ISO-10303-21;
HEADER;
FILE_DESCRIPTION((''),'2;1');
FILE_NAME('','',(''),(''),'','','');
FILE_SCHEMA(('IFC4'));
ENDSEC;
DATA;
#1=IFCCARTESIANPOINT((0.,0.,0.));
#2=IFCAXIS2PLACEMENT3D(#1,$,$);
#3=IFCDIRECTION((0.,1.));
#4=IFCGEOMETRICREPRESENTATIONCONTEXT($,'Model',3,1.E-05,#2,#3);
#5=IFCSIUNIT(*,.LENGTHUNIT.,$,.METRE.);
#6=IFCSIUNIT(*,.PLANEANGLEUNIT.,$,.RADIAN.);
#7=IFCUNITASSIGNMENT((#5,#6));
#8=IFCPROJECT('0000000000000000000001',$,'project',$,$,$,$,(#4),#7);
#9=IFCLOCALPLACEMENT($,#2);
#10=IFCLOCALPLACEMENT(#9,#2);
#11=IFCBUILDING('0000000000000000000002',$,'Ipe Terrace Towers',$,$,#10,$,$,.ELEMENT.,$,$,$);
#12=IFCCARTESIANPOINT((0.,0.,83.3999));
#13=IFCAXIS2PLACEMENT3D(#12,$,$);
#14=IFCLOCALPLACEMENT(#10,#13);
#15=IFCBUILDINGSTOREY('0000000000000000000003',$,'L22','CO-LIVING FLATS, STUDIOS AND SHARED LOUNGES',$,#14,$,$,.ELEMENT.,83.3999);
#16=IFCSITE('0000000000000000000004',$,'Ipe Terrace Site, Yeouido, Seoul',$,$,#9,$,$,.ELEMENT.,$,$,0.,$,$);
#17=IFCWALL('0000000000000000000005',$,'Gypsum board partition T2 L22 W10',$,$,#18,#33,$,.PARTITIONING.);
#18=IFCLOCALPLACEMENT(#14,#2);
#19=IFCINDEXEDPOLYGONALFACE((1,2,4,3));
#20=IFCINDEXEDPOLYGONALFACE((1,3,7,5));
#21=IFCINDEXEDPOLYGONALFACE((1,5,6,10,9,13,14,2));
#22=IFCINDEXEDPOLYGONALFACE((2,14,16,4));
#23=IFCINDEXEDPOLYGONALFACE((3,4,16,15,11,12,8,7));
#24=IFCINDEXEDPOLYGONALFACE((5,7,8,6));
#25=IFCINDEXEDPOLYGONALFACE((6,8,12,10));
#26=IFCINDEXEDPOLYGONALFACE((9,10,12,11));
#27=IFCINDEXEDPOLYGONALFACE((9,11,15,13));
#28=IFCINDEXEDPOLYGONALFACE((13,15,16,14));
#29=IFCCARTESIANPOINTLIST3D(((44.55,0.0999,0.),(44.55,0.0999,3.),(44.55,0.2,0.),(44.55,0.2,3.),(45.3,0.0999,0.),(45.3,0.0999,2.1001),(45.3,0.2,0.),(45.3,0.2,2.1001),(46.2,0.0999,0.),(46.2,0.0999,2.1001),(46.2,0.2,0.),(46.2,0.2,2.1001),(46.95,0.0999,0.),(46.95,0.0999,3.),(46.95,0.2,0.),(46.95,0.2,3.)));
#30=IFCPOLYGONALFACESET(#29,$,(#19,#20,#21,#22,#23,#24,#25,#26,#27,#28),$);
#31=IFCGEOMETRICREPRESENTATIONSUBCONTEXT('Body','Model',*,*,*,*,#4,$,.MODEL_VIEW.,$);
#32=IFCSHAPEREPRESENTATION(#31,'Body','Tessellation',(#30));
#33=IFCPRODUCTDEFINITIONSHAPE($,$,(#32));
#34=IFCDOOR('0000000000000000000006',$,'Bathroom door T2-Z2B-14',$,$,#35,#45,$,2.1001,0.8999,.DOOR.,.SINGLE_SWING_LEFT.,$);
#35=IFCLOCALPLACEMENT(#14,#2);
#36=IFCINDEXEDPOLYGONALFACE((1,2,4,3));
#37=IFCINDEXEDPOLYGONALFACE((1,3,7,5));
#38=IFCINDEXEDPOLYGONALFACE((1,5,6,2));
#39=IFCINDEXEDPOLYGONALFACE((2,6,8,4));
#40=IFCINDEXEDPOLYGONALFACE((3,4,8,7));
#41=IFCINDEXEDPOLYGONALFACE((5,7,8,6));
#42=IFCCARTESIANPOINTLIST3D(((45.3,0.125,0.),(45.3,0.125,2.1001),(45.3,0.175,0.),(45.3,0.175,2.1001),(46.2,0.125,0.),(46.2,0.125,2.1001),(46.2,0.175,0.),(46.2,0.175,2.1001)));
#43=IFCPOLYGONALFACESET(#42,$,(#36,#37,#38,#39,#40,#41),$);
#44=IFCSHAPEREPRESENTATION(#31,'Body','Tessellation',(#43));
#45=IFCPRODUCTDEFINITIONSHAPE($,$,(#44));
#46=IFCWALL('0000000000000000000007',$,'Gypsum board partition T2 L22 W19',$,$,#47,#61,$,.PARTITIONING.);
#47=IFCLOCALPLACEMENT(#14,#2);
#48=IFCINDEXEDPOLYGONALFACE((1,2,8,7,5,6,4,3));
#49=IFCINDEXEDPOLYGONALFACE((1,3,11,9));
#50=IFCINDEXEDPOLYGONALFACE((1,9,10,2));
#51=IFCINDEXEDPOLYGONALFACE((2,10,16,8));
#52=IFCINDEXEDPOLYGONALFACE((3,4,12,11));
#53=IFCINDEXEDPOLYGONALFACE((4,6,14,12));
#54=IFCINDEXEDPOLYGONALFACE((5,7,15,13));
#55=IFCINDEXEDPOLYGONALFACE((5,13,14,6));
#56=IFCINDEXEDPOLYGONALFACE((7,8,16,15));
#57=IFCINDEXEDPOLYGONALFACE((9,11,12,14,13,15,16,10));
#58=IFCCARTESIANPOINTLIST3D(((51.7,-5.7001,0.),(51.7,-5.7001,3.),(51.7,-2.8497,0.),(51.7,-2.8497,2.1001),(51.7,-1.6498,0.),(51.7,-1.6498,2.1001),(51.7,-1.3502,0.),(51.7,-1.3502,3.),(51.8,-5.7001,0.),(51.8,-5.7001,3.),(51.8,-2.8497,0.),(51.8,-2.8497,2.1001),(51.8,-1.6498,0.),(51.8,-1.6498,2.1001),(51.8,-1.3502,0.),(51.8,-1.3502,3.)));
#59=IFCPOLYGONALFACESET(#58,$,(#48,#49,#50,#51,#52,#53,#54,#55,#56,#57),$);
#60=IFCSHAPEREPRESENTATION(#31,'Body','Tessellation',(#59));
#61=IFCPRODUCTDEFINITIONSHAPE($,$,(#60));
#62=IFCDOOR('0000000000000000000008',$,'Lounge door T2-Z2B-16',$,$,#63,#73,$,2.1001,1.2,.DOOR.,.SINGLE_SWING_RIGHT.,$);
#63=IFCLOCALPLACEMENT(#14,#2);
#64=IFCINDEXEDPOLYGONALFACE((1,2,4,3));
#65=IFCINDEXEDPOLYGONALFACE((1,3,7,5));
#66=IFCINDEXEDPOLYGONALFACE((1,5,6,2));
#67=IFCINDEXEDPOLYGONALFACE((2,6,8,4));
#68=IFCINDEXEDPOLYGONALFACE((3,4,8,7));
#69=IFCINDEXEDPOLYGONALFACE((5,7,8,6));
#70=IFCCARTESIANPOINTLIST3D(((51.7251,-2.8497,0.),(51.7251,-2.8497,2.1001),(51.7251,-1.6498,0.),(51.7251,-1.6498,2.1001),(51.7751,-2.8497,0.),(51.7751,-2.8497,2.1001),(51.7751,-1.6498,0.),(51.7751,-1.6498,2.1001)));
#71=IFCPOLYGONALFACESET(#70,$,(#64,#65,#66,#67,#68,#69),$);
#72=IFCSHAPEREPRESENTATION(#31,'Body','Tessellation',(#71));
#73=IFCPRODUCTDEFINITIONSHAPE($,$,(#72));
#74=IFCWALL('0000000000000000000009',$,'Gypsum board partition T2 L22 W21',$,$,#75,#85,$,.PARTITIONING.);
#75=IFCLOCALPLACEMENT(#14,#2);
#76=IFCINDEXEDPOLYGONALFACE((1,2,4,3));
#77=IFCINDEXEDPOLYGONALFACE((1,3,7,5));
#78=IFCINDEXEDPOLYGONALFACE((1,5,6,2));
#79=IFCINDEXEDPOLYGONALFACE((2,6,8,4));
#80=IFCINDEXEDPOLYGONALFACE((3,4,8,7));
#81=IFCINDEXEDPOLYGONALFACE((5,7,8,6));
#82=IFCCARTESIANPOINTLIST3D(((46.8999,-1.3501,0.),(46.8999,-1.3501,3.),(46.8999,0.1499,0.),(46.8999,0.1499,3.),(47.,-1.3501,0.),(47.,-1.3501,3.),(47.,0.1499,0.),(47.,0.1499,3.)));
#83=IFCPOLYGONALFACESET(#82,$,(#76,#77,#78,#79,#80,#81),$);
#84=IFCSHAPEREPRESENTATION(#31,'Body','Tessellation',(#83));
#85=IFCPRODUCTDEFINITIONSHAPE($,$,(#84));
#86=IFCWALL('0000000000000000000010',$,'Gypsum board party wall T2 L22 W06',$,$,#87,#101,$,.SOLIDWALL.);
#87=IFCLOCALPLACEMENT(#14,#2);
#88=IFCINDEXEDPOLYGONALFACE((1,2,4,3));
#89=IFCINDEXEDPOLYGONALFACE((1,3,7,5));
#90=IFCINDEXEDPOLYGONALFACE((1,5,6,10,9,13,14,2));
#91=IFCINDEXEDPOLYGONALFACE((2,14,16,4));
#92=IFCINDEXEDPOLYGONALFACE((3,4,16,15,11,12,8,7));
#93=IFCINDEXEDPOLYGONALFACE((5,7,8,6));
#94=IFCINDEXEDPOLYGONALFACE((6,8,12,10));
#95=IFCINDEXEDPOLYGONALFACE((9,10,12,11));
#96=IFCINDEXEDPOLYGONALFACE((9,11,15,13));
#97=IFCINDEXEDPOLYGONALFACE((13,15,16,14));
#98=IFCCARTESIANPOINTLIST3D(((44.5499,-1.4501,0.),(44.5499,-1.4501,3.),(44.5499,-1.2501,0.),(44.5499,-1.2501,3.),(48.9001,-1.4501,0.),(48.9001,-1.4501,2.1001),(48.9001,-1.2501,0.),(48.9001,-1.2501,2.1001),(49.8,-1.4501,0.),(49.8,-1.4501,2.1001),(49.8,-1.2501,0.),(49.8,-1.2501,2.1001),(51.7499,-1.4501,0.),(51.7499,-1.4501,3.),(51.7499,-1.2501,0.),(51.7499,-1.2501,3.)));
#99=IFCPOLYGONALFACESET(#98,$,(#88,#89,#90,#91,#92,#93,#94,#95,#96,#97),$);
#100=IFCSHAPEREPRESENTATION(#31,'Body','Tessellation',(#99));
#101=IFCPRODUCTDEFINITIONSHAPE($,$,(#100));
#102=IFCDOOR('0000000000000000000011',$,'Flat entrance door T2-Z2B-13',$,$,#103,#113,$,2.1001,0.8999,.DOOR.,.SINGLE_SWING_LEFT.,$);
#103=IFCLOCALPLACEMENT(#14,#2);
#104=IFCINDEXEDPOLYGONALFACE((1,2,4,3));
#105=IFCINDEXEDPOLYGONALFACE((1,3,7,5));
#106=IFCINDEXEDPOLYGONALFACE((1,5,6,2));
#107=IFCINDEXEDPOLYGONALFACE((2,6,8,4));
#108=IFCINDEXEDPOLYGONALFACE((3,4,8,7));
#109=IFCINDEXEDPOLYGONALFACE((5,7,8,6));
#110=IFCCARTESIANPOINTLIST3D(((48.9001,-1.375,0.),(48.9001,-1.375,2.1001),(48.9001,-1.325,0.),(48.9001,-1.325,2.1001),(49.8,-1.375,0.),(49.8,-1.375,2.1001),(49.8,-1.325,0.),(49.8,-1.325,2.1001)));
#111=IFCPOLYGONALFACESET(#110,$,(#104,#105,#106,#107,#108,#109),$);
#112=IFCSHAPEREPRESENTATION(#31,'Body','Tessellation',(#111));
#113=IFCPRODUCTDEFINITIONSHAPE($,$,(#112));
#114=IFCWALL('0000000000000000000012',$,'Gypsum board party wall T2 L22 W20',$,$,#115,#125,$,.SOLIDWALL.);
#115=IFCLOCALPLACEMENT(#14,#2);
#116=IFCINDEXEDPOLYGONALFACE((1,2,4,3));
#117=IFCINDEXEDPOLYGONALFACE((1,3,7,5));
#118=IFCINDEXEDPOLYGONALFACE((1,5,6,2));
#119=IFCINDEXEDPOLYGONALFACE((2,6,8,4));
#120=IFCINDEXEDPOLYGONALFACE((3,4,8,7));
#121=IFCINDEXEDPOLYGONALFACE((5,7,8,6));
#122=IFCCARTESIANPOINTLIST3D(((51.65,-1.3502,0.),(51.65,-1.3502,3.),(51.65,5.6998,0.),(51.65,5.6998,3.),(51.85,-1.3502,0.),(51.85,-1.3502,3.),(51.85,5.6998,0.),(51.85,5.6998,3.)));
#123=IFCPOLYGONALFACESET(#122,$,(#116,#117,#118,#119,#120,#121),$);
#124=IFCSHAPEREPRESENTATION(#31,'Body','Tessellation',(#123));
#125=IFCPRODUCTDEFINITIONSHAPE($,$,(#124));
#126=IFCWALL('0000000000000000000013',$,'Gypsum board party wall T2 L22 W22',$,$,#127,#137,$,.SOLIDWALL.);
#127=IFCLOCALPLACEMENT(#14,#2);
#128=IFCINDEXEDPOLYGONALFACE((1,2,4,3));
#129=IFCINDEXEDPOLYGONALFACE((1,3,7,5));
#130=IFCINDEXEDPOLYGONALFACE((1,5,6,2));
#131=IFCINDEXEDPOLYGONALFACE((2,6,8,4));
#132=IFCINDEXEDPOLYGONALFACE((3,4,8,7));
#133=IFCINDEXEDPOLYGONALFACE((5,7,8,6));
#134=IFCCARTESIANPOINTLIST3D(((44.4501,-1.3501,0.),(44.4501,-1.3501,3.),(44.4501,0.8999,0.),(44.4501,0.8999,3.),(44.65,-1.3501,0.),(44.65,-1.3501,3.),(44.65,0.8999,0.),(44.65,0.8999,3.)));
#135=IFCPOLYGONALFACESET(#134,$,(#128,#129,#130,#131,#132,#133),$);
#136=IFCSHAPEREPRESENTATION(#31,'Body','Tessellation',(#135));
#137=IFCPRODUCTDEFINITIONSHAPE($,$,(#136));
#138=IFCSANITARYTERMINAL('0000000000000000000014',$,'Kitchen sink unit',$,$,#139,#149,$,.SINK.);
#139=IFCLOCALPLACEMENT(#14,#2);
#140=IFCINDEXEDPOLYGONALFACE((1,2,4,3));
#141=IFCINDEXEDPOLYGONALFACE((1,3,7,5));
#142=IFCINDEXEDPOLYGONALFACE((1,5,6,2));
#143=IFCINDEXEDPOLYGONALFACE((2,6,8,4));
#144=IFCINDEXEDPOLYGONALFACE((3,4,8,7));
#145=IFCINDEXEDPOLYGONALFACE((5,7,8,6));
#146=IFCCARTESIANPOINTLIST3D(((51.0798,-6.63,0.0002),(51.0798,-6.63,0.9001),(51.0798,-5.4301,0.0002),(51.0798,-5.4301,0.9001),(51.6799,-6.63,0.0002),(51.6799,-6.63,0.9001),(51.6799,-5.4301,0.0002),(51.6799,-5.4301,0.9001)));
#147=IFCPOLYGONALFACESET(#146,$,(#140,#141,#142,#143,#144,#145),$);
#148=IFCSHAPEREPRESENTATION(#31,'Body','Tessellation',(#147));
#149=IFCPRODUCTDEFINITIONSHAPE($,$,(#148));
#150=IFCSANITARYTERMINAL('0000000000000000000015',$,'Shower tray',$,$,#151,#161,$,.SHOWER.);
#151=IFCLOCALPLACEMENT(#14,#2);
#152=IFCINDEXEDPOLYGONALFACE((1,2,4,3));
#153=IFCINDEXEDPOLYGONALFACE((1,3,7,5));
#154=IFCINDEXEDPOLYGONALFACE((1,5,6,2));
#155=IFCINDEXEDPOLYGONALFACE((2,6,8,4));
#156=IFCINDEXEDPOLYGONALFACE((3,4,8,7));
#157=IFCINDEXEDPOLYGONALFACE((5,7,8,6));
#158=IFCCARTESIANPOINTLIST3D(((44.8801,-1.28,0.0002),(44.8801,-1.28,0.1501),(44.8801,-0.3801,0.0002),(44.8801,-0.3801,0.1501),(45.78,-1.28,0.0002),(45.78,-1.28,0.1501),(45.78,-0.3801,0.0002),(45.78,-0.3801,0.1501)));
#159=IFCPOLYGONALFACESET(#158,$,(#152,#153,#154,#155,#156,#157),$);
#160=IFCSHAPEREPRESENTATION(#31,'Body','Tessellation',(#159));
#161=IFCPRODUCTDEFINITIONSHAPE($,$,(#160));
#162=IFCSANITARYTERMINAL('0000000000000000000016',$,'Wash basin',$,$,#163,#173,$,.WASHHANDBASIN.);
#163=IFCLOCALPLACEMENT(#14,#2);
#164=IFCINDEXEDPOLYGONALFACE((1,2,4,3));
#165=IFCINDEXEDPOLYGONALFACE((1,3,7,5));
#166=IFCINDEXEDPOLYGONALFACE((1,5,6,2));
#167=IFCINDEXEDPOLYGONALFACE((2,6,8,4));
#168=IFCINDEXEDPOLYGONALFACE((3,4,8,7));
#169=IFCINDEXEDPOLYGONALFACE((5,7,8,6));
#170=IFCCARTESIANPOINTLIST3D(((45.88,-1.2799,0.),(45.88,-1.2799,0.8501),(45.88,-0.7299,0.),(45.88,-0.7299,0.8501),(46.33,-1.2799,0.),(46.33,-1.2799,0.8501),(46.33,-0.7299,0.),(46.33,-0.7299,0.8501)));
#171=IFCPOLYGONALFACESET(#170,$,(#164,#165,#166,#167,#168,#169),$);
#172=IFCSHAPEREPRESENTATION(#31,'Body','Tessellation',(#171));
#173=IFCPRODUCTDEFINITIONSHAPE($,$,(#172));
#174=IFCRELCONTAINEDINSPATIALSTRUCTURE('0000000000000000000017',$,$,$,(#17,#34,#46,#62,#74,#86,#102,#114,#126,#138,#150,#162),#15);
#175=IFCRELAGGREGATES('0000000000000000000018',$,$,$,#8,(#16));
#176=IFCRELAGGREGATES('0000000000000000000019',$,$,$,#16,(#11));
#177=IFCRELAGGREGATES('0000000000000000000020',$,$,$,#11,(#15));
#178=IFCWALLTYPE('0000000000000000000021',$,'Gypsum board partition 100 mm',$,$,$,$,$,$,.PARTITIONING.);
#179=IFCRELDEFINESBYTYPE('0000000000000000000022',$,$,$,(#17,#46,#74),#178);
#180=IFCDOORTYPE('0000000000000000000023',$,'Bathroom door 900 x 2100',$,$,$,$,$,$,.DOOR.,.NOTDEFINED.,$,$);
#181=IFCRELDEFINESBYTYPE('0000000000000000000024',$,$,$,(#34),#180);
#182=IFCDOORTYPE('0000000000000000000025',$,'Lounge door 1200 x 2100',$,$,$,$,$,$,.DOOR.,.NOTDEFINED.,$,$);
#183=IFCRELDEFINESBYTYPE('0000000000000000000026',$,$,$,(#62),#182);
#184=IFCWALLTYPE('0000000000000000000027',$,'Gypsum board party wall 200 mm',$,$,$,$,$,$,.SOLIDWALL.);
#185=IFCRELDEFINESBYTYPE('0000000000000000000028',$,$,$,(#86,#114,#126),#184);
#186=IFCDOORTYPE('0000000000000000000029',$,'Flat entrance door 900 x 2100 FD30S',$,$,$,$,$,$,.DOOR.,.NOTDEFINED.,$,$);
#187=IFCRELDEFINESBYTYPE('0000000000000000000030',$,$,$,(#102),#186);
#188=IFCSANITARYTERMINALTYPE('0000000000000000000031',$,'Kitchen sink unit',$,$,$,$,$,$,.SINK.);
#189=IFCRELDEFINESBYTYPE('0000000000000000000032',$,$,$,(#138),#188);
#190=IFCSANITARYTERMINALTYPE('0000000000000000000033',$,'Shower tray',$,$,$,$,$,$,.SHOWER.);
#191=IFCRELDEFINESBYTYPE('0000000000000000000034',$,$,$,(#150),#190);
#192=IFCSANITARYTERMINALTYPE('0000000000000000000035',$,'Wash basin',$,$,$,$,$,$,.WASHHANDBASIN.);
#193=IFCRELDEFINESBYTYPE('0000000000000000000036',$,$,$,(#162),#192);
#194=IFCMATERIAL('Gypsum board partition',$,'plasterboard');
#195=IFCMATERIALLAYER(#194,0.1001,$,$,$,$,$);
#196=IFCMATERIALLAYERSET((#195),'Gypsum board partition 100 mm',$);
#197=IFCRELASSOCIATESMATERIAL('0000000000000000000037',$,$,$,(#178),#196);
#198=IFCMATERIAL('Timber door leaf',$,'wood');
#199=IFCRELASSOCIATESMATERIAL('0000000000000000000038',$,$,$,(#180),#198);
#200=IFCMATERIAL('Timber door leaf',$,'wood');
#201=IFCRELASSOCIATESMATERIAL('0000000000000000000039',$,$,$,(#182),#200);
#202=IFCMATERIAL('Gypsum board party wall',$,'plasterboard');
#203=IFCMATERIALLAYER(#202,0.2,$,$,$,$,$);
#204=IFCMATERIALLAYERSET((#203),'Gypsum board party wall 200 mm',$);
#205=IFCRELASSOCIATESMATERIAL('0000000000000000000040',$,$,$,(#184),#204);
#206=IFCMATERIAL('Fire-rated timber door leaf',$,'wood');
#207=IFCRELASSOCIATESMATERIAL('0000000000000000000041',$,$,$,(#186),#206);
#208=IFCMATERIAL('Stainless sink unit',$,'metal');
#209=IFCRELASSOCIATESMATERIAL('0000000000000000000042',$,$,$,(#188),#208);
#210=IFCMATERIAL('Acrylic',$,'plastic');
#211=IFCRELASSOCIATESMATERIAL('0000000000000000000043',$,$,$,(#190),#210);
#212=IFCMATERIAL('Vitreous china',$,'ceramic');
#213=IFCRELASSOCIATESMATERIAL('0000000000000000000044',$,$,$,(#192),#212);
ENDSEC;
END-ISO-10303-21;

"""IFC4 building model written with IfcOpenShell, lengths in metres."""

from ifc_helpers import new_model, si_unit, direction, frame, frame_2d, origin, origin_2d, place, context, subcontext, project, spatial, rectangle, extrude, material, layer, layer_set, type_object, element, fill, save


model = new_model("IFC4")

# Units and contexts
model_context = context("Model", 3, precision=1e-05, world=origin(), true_north=direction((0.0, 1.0)))
body_context = subcontext(model_context, "Body", "Model", "MODEL_VIEW")
ifc_project = project(units=[si_unit("LENGTHUNIT", "METRE"), si_unit("PLANEANGLEUNIT", "RADIAN")], contexts=[model_context])

# Site, building, storey
site_placement = place(None, origin())
site = spatial("IfcSite", under=ifc_project, at=site_placement, Name="Ipe Terrace Site, Yeouido, Seoul", CompositionType="ELEMENT", RefElevation=0.0)
building_placement = place(site_placement, origin())
building = spatial("IfcBuilding", under=site, at=building_placement, Name="Ipe Terrace Towers", CompositionType="ELEMENT")
storey_placement = place(building_placement, frame((0.0, 0.0, 83.3999)))
storey = spatial("IfcBuildingStorey", under=building, at=storey_placement, Name="L22", Description="CO-LIVING FLATS, STUDIOS AND SHARED LOUNGES", CompositionType="ELEMENT", Elevation=83.3999)

# Walls, openings, doors
ifc_material_1 = material(Name="Gypsum board partition", Category="plasterboard")
ifc_layer_1 = layer(ifc_material_1, 0.1001)
ifc_layer_set_1 = layer_set([ifc_layer_1], Name="Gypsum board partition 100 mm")
wall_type_1 = type_object("IfcWallType", Name="Gypsum board partition 100 mm", PredefinedType="PARTITIONING", material=ifc_layer_set_1)
wall_1_placement = place(storey_placement, frame((46.95, 0.1499, 0.0), z_axis=(0.0, 0.0, 1.0), x_axis=(-1.0, 0.0, 0.0)))
wall_1 = element("IfcWall", 1, at=wall_1_placement, inside=storey, type_object=wall_type_1, Name="Gypsum board partition T2 L22 W10", PredefinedType="PARTITIONING", context=body_context, shape_type="SweptSolid", body=[
    extrude(rectangle(XDim=2.3999, YDim=0.1001, at=frame_2d((1.2, 0.0))), origin(), (0.0, 0.0, 1.0), 3.0),
])
opening_1_placement = place(wall_1_placement, frame((0.75, 0.0, 0.0)))
opening_1 = element("IfcOpeningElement", 2, at=opening_1_placement, cuts=wall_1, PredefinedType="OPENING", context=body_context, shape_type="SweptSolid", body=[
    extrude(rectangle(XDim=0.8999, YDim=2.1001, at=frame_2d((0.45, 1.05))), frame((0.0, 0.0601, 0.0), z_axis=(0.0, -1.0, 0.0), x_axis=(1.0, 0.0, 0.0)), (0.0, 0.0, 1.0), 0.1201),
])
ifc_material_2 = material(Name="Timber door leaf", Category="wood")
door_type_1 = type_object("IfcDoorType", Name="Bathroom door 900 x 2100", OperationType="NOTDEFINED", PredefinedType="DOOR", material=ifc_material_2)
door_1_placement = place(opening_1_placement, origin())
door_1 = element("IfcDoor", 3, at=door_1_placement, inside=storey, type_object=door_type_1, Name="Bathroom door T2-Z2B-14", OperationType="SINGLE_SWING_LEFT", OverallHeight=2.1001, OverallWidth=0.8999, PredefinedType="DOOR", context=body_context, shape_type="SweptSolid", body=[
    extrude(rectangle(XDim=0.8999, YDim=2.1001, at=frame_2d((0.45, 1.05))), frame((0.0, 0.0249, 0.0), z_axis=(0.0, -1.0, 0.0), x_axis=(1.0, 0.0, 0.0)), (0.0, 0.0, 1.0), 0.05),
])
fill(opening_1, door_1)
wall_2_placement = place(storey_placement, frame((51.75, -5.7, 0.0), z_axis=(0.0, 0.0, 1.0), x_axis=(0.0, 1.0, 0.0)))
wall_2 = element("IfcWall", 4, at=wall_2_placement, inside=storey, type_object=wall_type_1, Name="Gypsum board partition T2 L22 W19", PredefinedType="PARTITIONING", context=body_context, shape_type="SweptSolid", body=[
    extrude(rectangle(XDim=4.3499, YDim=0.1001, at=frame_2d((2.1748, 0.0))), origin(), (0.0, 0.0, 1.0), 3.0),
])
opening_2_placement = place(wall_2_placement, frame((2.8501, 0.0, 0.0)))
opening_2 = element("IfcOpeningElement", 5, at=opening_2_placement, cuts=wall_2, PredefinedType="OPENING", context=body_context, shape_type="SweptSolid", body=[
    extrude(rectangle(XDim=1.2, YDim=2.1001, at=frame_2d((0.6001, 1.05))), frame((0.0, 0.0601, 0.0), z_axis=(0.0, -1.0, 0.0), x_axis=(1.0, 0.0, 0.0)), (0.0, 0.0, 1.0), 0.1201),
])
ifc_material_3 = material(Name="Timber door leaf", Category="wood")
door_type_2 = type_object("IfcDoorType", Name="Lounge door 1200 x 2100", OperationType="NOTDEFINED", PredefinedType="DOOR", material=ifc_material_3)
door_2_placement = place(opening_2_placement, origin())
door_2 = element("IfcDoor", 6, at=door_2_placement, inside=storey, type_object=door_type_2, Name="Lounge door T2-Z2B-16", OperationType="SINGLE_SWING_RIGHT", OverallHeight=2.1001, OverallWidth=1.2, PredefinedType="DOOR", context=body_context, shape_type="SweptSolid", body=[
    extrude(rectangle(XDim=1.2, YDim=2.1001, at=frame_2d((0.6001, 1.05))), frame((0.0, 0.0249, 0.0), z_axis=(0.0, -1.0, 0.0), x_axis=(1.0, 0.0, 0.0)), (0.0, 0.0, 1.0), 0.05),
])
fill(opening_2, door_2)

# Wall
wall_3_placement = place(storey_placement, frame((46.95, -1.3501, 0.0), z_axis=(0.0, 0.0, 1.0), x_axis=(0.0, 1.0, 0.0)))
element("IfcWall", 7, at=wall_3_placement, inside=storey, type_object=wall_type_1, Name="Gypsum board partition T2 L22 W21", PredefinedType="PARTITIONING", context=body_context, shape_type="SweptSolid", body=[
    extrude(rectangle(XDim=1.5, YDim=0.1001, at=frame_2d((0.75, 0.0))), origin(), (0.0, 0.0, 1.0), 3.0),
])

# Wall, opening, door
ifc_material_4 = material(Name="Gypsum board party wall", Category="plasterboard")
ifc_layer_2 = layer(ifc_material_4, 0.2)
ifc_layer_set_2 = layer_set([ifc_layer_2], Name="Gypsum board party wall 200 mm")
wall_type_2 = type_object("IfcWallType", Name="Gypsum board party wall 200 mm", PredefinedType="SOLIDWALL", material=ifc_layer_set_2)
wall_4_placement = place(storey_placement, frame((51.75, -1.3501, 0.0), z_axis=(0.0, 0.0, 1.0), x_axis=(-1.0, 0.0, 0.0)))
wall_4 = element("IfcWall", 8, at=wall_4_placement, inside=storey, type_object=wall_type_2, Name="Gypsum board party wall T2 L22 W06", PredefinedType="SOLIDWALL", context=body_context, shape_type="SweptSolid", body=[
    extrude(rectangle(XDim=7.2, YDim=0.2, at=frame_2d((3.6001, 0.0))), origin(), (0.0, 0.0, 1.0), 3.0),
])
opening_3_placement = place(wall_4_placement, frame((1.95, 0.0, 0.0)))
opening_3 = element("IfcOpeningElement", 9, at=opening_3_placement, cuts=wall_4, PredefinedType="OPENING", context=body_context, shape_type="SweptSolid", body=[
    extrude(rectangle(XDim=0.8999, YDim=2.1001, at=frame_2d((0.45, 1.05))), frame((0.0, 0.1099, 0.0), z_axis=(0.0, -1.0, 0.0), x_axis=(1.0, 0.0, 0.0)), (0.0, 0.0, 1.0), 0.22),
])
ifc_material_5 = material(Name="Fire-rated timber door leaf", Category="wood")
door_type_3 = type_object("IfcDoorType", Name="Flat entrance door 900 x 2100 FD30S", OperationType="NOTDEFINED", PredefinedType="DOOR", material=ifc_material_5)
door_3_placement = place(opening_3_placement, origin())
door_3 = element("IfcDoor", 10, at=door_3_placement, inside=storey, type_object=door_type_3, Name="Flat entrance door T2-Z2B-13", OperationType="SINGLE_SWING_LEFT", OverallHeight=2.1001, OverallWidth=0.8999, PredefinedType="DOOR", context=body_context, shape_type="SweptSolid", body=[
    extrude(rectangle(XDim=0.8999, YDim=2.1001, at=frame_2d((0.45, 1.05))), frame((0.0, 0.0249, 0.0), z_axis=(0.0, -1.0, 0.0), x_axis=(1.0, 0.0, 0.0)), (0.0, 0.0, 1.0), 0.05),
])
fill(opening_3, door_3)

# Walls
wall_5_placement = place(storey_placement, frame((51.75, -1.3501, 0.0), z_axis=(0.0, 0.0, 1.0), x_axis=(0.0, 1.0, 0.0)))
element("IfcWall", 11, at=wall_5_placement, inside=storey, type_object=wall_type_2, Name="Gypsum board party wall T2 L22 W20", PredefinedType="SOLIDWALL", context=body_context, shape_type="SweptSolid", body=[
    extrude(rectangle(XDim=7.05, YDim=0.2, at=frame_2d((3.5249, 0.0))), origin(), (0.0, 0.0, 1.0), 3.0),
])
wall_6_placement = place(storey_placement, frame((44.55, -1.3501, 0.0), z_axis=(0.0, 0.0, 1.0), x_axis=(0.0, 1.0, 0.0)))
element("IfcWall", 12, at=wall_6_placement, inside=storey, type_object=wall_type_2, Name="Gypsum board party wall T2 L22 W22", PredefinedType="SOLIDWALL", context=body_context, shape_type="SweptSolid", body=[
    extrude(rectangle(XDim=2.25, YDim=0.2, at=frame_2d((1.125, 0.0))), origin(), (0.0, 0.0, 1.0), 3.0),
])

# Sanitary terminals
ifc_material_6 = material(Name="Stainless sink unit", Category="metal")
sanitary_terminal_type_1 = type_object("IfcSanitaryTerminalType", Name="Kitchen sink unit", PredefinedType="SINK", material=ifc_material_6)
sanitary_terminal_1_placement = place(storey_placement, frame((51.3799, -6.03, 0.0002), z_axis=(0.0, 0.0, 1.0), x_axis=(0.0, -1.0, 0.0)))
element("IfcSanitaryTerminal", 13, at=sanitary_terminal_1_placement, inside=storey, type_object=sanitary_terminal_type_1, Name="Kitchen sink unit", PredefinedType="SINK", context=body_context, shape_type="SweptSolid", body=[
    extrude(rectangle(XDim=1.2, YDim=0.6001, at=origin_2d()), origin(), (0.0, 0.0, 1.0), 0.8999),
])
ifc_material_7 = material(Name="Acrylic", Category="plastic")
sanitary_terminal_type_2 = type_object("IfcSanitaryTerminalType", Name="Shower tray", PredefinedType="SHOWER", material=ifc_material_7)
sanitary_terminal_2_placement = place(storey_placement, frame((45.3301, -0.8301, 0.0002), z_axis=(0.0, 0.0, 1.0), x_axis=(0.0, 1.0, 0.0)))
element("IfcSanitaryTerminal", 14, at=sanitary_terminal_2_placement, inside=storey, type_object=sanitary_terminal_type_2, Name="Shower tray", PredefinedType="SHOWER", context=body_context, shape_type="SweptSolid", body=[
    extrude(rectangle(XDim=0.8999, YDim=0.8999, at=origin_2d()), origin(), (0.0, 0.0, 1.0), 0.1499),
])
ifc_material_8 = material(Name="Vitreous china", Category="ceramic")
sanitary_terminal_type_3 = type_object("IfcSanitaryTerminalType", Name="Wash basin", PredefinedType="WASHHANDBASIN", material=ifc_material_8)
sanitary_terminal_3_placement = place(storey_placement, frame((46.105, -1.0049, 0.0), z_axis=(0.0, 0.0, 1.0), x_axis=(0.0, 1.0, 0.0)))
element("IfcSanitaryTerminal", 15, at=sanitary_terminal_3_placement, inside=storey, type_object=sanitary_terminal_type_3, Name="Wash basin", PredefinedType="WASHHANDBASIN", context=body_context, shape_type="SweptSolid", body=[
    extrude(rectangle(XDim=0.55, YDim=0.45, at=origin_2d()), origin(), (0.0, 0.0, 1.0), 0.8501),
])

save(model, "model.ifc")
